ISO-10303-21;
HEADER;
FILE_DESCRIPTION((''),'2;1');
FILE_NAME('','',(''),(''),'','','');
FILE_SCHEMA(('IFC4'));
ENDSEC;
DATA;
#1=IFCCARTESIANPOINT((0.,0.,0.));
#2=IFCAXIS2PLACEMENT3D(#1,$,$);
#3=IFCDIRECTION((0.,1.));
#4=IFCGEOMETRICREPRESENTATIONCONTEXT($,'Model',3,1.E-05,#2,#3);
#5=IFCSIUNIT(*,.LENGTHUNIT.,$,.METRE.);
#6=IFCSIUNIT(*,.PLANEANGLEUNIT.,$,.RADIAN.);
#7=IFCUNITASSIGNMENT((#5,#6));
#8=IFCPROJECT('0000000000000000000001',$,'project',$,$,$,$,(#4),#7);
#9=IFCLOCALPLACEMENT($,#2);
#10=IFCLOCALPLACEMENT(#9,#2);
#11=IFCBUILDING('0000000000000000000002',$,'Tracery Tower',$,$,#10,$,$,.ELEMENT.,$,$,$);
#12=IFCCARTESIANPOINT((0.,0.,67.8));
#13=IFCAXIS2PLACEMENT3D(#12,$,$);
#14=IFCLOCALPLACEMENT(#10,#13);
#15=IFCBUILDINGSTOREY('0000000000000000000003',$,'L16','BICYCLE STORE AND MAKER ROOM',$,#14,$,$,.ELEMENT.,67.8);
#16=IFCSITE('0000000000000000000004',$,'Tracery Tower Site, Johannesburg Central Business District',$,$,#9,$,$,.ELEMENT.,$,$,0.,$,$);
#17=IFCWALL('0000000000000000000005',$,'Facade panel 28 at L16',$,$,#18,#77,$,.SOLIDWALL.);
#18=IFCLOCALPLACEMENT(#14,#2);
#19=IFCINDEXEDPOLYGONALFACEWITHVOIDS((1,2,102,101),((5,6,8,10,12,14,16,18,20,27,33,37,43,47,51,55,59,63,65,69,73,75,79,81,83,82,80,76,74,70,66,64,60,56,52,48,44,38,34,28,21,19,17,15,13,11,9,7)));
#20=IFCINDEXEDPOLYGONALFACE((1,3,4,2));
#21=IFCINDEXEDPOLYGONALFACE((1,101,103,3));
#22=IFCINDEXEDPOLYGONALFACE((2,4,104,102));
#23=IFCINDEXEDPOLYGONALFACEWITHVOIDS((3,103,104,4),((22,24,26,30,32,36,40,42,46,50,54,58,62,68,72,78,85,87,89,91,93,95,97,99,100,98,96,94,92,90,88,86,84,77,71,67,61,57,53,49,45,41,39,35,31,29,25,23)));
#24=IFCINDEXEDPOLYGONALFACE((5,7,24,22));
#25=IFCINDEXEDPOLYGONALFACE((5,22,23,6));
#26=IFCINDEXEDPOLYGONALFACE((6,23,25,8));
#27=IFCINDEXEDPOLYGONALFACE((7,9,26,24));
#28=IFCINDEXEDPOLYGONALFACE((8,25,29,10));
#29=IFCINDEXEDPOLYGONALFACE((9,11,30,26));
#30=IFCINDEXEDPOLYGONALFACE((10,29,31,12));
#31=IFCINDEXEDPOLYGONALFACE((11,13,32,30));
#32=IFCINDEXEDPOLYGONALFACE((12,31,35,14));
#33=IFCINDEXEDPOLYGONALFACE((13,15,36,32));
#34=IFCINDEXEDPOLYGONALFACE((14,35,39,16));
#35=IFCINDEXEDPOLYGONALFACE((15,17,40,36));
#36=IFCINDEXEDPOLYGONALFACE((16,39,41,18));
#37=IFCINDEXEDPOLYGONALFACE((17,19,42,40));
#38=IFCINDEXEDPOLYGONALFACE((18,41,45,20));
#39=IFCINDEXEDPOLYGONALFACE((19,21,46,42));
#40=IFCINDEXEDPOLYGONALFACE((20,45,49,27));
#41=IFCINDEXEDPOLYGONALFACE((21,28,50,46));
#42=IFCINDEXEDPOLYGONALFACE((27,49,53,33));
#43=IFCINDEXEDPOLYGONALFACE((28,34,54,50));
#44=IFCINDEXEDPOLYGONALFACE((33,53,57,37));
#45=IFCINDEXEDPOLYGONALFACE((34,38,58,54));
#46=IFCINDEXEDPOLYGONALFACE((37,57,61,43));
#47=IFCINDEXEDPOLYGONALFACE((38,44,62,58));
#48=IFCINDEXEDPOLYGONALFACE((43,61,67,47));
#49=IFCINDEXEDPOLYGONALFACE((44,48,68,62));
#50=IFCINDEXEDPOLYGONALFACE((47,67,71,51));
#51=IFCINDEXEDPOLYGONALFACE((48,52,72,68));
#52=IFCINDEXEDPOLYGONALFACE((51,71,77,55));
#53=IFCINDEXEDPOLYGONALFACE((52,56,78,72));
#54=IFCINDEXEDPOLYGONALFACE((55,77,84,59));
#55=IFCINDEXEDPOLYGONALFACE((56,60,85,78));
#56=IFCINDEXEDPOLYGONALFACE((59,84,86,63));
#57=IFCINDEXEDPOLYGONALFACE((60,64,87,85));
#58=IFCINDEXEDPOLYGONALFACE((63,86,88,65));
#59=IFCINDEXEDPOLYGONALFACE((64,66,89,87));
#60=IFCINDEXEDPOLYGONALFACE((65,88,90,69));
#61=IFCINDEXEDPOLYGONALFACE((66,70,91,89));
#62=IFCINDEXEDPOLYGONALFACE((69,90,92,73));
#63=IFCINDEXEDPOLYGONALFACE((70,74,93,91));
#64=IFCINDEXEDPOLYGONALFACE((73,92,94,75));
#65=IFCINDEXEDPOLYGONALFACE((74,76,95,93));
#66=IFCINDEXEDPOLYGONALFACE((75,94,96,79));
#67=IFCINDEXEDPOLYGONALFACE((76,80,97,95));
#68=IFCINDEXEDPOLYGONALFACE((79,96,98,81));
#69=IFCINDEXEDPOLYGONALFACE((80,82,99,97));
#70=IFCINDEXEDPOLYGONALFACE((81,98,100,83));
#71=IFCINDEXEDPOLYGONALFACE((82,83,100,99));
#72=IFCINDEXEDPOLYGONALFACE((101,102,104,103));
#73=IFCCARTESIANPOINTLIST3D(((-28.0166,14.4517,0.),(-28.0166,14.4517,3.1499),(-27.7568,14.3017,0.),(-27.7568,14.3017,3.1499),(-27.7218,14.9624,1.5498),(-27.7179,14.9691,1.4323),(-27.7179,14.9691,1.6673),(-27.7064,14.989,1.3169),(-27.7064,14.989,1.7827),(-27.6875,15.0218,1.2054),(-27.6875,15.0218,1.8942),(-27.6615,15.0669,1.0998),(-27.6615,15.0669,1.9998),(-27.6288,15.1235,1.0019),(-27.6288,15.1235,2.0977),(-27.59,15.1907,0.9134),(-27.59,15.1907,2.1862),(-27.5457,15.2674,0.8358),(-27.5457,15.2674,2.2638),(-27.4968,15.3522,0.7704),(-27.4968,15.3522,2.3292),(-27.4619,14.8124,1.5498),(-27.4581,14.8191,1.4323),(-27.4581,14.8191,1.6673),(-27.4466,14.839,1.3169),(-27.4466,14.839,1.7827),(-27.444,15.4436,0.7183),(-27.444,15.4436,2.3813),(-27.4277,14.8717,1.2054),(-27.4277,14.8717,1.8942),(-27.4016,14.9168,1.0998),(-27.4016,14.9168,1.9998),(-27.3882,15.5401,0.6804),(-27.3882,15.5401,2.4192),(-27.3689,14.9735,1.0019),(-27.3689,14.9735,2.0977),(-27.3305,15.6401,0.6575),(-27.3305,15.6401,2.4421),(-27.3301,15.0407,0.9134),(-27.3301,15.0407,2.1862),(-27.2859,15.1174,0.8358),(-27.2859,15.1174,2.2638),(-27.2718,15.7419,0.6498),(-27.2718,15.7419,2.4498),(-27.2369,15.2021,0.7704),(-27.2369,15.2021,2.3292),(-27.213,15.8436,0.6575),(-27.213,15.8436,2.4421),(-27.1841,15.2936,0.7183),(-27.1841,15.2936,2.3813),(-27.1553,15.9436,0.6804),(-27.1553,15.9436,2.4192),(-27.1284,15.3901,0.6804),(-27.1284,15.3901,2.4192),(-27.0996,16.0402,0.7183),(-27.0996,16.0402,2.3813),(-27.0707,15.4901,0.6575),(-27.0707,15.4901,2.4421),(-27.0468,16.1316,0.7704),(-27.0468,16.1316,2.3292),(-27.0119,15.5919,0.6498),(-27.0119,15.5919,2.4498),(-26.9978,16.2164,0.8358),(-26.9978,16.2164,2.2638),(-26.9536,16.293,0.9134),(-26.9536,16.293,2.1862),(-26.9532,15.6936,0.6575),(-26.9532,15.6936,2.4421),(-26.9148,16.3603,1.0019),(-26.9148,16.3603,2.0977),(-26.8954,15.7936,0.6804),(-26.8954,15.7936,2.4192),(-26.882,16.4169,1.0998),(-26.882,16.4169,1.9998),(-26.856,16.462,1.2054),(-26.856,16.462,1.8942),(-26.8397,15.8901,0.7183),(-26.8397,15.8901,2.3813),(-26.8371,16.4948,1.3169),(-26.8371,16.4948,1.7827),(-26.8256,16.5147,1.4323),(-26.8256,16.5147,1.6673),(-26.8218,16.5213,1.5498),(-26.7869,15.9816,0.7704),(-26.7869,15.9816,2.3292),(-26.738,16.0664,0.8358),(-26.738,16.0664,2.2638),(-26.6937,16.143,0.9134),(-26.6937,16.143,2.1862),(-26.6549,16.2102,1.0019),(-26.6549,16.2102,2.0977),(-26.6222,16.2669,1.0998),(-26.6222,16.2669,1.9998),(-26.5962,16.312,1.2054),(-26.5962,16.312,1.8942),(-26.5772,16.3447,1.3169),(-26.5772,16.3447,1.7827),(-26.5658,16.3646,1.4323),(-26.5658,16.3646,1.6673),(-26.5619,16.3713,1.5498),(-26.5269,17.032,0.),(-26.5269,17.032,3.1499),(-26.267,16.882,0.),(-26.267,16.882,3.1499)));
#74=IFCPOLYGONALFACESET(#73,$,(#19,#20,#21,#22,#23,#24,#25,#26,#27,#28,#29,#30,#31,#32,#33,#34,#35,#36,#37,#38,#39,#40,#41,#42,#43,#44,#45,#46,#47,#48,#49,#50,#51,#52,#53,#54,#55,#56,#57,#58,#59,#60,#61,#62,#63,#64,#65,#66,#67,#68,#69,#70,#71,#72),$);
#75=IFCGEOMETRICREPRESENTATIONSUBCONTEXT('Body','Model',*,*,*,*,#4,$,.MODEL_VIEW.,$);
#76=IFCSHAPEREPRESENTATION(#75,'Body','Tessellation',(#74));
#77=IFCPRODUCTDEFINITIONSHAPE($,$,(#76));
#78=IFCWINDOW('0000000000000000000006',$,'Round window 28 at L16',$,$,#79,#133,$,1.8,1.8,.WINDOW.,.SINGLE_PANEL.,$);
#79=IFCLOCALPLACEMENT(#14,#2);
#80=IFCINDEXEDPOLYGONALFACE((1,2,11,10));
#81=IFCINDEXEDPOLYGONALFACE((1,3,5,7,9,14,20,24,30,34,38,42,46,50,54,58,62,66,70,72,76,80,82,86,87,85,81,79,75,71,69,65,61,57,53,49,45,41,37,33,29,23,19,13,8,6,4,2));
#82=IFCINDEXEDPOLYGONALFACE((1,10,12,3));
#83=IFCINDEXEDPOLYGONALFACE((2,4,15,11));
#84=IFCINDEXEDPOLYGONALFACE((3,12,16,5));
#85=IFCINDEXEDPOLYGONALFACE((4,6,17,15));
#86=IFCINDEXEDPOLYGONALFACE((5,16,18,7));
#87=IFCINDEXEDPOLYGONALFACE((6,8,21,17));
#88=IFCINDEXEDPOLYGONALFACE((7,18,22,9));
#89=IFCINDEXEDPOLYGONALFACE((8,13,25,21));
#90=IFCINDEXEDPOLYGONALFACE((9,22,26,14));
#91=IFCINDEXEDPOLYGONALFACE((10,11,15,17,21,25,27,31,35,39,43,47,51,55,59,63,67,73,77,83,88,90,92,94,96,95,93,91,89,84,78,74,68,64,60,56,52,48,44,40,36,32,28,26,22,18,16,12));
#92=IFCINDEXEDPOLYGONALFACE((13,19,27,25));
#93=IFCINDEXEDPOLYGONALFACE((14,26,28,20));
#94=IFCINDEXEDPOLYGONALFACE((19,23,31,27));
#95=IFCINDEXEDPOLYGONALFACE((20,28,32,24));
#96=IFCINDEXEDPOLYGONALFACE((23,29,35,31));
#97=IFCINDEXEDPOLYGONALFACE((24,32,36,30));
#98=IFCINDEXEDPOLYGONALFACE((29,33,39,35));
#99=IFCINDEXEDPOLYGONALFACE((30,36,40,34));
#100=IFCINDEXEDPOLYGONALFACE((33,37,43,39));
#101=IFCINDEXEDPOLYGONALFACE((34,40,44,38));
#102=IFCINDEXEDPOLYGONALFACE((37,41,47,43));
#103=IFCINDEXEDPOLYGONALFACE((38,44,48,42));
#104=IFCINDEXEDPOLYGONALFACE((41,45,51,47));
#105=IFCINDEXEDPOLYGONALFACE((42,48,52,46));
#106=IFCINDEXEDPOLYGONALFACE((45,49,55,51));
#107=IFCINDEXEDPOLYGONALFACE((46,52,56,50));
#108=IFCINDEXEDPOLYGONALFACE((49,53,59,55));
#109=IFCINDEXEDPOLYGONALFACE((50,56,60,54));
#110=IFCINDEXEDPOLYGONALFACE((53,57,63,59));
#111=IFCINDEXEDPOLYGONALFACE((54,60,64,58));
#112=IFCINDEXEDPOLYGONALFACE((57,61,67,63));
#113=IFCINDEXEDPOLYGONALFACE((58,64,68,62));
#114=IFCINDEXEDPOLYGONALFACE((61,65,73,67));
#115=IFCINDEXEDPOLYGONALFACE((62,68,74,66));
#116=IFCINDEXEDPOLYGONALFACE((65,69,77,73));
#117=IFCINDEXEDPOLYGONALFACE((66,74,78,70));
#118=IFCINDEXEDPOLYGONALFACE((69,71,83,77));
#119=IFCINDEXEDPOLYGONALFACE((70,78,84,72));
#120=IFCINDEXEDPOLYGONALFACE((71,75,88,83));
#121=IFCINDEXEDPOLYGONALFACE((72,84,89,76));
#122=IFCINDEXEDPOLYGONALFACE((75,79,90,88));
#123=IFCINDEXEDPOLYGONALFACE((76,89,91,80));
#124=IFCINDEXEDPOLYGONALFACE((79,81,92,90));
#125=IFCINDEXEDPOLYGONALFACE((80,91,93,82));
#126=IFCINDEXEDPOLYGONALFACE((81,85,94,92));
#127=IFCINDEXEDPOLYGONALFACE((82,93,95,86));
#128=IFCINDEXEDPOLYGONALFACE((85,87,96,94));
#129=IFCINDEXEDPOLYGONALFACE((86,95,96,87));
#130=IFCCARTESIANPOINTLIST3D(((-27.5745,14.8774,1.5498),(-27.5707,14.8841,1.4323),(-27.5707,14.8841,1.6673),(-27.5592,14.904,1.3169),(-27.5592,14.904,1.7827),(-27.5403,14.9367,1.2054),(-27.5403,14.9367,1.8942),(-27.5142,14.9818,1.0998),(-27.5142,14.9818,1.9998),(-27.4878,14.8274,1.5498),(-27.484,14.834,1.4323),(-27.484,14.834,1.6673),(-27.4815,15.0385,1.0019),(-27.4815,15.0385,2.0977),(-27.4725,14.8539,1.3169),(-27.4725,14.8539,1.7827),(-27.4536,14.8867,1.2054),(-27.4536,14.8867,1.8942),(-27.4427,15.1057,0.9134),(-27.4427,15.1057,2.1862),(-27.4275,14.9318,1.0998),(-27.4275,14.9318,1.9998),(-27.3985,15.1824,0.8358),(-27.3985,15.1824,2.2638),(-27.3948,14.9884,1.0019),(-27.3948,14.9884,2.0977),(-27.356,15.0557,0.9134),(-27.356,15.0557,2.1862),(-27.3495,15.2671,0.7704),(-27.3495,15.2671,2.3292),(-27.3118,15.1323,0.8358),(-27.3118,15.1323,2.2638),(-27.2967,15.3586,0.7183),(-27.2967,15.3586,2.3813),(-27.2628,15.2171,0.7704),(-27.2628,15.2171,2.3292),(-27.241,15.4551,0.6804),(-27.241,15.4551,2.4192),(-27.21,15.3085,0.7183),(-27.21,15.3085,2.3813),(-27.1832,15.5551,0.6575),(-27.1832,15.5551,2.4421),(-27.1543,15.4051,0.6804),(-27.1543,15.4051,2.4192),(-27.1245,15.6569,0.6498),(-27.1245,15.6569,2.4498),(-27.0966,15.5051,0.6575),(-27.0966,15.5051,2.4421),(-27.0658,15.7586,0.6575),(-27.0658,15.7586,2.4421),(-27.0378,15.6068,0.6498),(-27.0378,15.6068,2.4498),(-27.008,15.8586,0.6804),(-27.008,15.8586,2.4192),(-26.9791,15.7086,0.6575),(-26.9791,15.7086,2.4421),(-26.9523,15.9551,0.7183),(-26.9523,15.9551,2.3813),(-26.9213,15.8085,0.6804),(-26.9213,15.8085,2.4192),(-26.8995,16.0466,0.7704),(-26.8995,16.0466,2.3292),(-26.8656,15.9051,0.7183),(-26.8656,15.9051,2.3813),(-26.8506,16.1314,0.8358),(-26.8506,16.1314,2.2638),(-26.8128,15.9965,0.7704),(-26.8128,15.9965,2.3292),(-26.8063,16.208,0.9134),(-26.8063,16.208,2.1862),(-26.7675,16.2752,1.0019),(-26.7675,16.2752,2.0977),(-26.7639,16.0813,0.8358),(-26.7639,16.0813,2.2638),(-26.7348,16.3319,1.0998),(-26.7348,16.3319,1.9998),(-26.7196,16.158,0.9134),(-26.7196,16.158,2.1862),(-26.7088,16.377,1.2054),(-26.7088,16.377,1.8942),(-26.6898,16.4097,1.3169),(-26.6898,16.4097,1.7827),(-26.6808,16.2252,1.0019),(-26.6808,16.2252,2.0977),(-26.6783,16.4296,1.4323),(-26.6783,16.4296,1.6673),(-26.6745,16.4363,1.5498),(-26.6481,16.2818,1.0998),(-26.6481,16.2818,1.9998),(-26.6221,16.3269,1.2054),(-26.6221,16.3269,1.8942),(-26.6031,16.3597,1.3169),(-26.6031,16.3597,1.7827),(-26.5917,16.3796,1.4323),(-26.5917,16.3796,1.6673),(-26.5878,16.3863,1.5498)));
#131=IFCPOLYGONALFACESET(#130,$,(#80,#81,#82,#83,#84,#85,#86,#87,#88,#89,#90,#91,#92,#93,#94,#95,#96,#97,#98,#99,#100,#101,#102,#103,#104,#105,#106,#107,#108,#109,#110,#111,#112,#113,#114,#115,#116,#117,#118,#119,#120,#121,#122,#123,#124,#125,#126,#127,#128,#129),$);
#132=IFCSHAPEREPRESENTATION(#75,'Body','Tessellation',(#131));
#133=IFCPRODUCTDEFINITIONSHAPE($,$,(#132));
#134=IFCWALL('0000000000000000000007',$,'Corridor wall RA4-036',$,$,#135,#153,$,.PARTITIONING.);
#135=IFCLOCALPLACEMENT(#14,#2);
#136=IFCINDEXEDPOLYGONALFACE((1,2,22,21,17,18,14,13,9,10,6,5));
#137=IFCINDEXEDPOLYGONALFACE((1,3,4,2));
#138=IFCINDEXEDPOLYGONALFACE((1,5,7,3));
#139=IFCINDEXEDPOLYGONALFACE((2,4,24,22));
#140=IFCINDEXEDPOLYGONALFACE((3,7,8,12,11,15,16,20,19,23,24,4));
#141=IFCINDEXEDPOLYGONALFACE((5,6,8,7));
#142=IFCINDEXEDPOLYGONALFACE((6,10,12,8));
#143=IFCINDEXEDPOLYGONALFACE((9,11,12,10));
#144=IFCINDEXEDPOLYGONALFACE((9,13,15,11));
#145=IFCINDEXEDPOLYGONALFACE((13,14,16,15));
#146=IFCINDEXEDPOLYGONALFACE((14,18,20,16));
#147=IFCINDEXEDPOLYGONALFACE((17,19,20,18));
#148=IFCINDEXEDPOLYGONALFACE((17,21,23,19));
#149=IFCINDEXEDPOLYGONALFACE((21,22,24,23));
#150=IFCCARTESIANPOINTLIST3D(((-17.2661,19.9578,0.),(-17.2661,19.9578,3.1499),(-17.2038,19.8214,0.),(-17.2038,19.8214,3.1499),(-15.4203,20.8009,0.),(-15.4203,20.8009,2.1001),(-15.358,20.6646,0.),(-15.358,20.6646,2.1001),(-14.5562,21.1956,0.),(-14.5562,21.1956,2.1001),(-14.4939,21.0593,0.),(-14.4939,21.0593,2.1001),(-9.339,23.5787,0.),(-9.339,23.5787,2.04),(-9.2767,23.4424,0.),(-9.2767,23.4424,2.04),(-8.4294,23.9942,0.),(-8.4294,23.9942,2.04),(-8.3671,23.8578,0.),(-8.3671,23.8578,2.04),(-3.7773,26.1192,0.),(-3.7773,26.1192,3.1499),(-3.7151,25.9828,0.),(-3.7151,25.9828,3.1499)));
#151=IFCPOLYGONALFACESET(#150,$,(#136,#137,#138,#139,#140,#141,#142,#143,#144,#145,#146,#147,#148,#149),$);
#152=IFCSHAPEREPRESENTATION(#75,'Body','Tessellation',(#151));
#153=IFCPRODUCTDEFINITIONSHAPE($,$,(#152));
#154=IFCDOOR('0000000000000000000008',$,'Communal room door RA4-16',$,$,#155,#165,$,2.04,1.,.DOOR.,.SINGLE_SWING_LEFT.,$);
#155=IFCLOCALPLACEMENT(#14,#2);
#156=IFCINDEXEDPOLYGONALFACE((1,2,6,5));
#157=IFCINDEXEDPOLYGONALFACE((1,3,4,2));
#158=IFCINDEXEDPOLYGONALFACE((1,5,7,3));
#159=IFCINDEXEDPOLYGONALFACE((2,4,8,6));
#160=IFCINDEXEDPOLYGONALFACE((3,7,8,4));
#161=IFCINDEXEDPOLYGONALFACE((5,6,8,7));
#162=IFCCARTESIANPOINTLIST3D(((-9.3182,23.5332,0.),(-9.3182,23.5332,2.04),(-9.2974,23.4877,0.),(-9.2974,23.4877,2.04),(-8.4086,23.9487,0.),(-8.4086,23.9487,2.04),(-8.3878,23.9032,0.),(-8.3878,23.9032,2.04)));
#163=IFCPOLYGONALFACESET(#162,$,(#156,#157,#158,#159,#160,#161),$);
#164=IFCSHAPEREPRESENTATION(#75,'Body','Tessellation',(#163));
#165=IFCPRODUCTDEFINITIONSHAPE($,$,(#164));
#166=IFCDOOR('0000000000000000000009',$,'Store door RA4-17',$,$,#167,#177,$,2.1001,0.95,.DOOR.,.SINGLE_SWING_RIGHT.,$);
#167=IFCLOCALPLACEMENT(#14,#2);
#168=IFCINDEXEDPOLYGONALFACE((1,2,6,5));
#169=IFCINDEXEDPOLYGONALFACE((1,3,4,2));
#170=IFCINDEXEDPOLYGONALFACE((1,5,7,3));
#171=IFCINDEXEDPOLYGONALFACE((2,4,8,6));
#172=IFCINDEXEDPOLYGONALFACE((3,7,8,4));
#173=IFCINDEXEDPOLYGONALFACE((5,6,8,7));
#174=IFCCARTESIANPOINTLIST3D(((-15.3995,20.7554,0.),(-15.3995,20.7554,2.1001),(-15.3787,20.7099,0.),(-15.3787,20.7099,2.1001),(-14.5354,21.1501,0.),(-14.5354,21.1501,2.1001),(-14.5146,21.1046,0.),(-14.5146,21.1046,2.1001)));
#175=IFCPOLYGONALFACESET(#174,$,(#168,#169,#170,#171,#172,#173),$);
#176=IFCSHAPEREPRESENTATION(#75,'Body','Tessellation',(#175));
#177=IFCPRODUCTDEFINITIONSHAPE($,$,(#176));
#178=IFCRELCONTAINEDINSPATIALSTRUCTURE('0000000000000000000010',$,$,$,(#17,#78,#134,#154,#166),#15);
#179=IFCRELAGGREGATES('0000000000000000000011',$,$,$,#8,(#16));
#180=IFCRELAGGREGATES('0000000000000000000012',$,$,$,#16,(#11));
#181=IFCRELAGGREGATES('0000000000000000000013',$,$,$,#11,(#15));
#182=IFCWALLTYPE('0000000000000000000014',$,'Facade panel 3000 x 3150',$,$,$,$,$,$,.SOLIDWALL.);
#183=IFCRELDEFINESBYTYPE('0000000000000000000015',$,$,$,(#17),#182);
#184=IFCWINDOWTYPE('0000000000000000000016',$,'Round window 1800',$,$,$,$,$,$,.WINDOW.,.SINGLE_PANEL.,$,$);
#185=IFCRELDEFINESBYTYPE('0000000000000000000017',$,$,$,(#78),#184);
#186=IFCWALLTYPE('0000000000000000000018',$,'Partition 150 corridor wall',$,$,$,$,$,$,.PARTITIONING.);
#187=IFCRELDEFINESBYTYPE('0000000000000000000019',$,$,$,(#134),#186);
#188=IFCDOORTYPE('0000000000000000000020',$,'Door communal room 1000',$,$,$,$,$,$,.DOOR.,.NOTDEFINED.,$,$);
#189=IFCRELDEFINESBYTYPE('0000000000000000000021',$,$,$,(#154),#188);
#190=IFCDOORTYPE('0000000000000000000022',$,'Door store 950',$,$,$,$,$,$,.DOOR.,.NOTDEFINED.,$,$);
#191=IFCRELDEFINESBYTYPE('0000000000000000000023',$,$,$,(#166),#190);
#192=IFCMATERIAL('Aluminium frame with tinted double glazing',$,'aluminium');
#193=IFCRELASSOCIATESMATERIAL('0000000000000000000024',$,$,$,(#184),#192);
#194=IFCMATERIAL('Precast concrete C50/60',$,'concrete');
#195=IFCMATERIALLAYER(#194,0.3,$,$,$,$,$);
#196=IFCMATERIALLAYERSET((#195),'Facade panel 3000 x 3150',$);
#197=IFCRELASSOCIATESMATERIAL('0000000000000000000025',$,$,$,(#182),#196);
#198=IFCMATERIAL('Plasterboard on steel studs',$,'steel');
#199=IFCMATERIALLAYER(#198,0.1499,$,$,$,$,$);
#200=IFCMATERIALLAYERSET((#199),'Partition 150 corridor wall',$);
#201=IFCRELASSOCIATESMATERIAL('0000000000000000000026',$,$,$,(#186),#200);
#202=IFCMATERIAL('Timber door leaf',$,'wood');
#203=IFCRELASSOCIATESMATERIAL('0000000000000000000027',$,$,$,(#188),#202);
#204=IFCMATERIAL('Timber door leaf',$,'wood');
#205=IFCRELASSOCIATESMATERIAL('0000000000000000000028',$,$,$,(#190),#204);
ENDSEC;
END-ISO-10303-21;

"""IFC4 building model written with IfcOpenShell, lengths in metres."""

from ifc_helpers import new_model, si_unit, direction, frame, frame_2d, origin, origin_2d, place, context, subcontext, project, spatial, rectangle, circle, extrude, material, layer, layer_set, type_object, element, fill, save


model = new_model("IFC4")

# Units and contexts
model_context = context("Model", 3, precision=1e-05, world=origin(), true_north=direction((0.0, 1.0)))
body_context = subcontext(model_context, "Body", "Model", "MODEL_VIEW")
ifc_project = project(units=[si_unit("LENGTHUNIT", "METRE"), si_unit("PLANEANGLEUNIT", "RADIAN")], contexts=[model_context])

# Site, building, storey
site_placement = place(None, origin())
site = spatial("IfcSite", under=ifc_project, at=site_placement, Name="Tracery Tower Site, Johannesburg Central Business District", CompositionType="ELEMENT", RefElevation=0.0)
building_placement = place(site_placement, origin())
building = spatial("IfcBuilding", under=site, at=building_placement, Name="Tracery Tower", CompositionType="ELEMENT")
storey_placement = place(building_placement, frame((0.0, 0.0, 67.8)))
storey = spatial("IfcBuildingStorey", under=building, at=storey_placement, Name="L16", Description="BICYCLE STORE AND MAKER ROOM", CompositionType="ELEMENT", Elevation=67.8)

# Wall, opening, window
ifc_material_1 = material(Name="Aluminium frame with tinted double glazing", Category="aluminium")
window_type = type_object("IfcWindowType", Name="Round window 1800", PartitioningType="SINGLE_PANEL", PredefinedType="WINDOW", material=ifc_material_1)
ifc_material_2 = material(Name="Precast concrete C50/60", Category="concrete")
ifc_layer_1 = layer(ifc_material_2, 0.3)
ifc_layer_set_1 = layer_set([ifc_layer_1], Name="Facade panel 3000 x 3150")
wall_type_1 = type_object("IfcWallType", Name="Facade panel 3000 x 3150", PredefinedType="SOLIDWALL", material=ifc_layer_set_1)
wall_1_placement = place(storey_placement, frame((-26.397, 16.957, 0.0), z_axis=(0.0, 0.0, 1.0), x_axis=(-0.499999, -0.866026, 0.0)))
wall_1 = element("IfcWall", 1, at=wall_1_placement, inside=storey, type_object=wall_type_1, Name="Facade panel 28 at L16", PredefinedType="SOLIDWALL", context=body_context, shape_type="SweptSolid", body=[
    extrude(rectangle(XDim=2.9795, YDim=0.3, at=frame_2d((1.4897, 0.0))), origin(), (0.0, 0.0, 1.0), 3.1499),
])
opening_1_placement = place(wall_1_placement, frame((1.4897, 0.0, 1.5498)))
opening_1 = element("IfcOpeningElement", 2, at=opening_1_placement, cuts=wall_1, PredefinedType="OPENING", context=body_context, shape_type="SweptSolid", body=[
    extrude(circle(Radius=0.9, at=origin_2d()), frame((0.0, 0.1599, 0.0), z_axis=(0.0, -1.0, 0.0), x_axis=(1.0, 0.0, 0.0)), (0.0, 0.0, 1.0), 0.3201),
])
window_1_placement = place(opening_1_placement, origin())
window_1 = element("IfcWindow", 3, at=window_1_placement, inside=storey, type_object=window_type, Name="Round window 28 at L16", OverallHeight=1.8, OverallWidth=1.8, PartitioningType="SINGLE_PANEL", PredefinedType="WINDOW", context=body_context, shape_type="SweptSolid", body=[
    extrude(circle(Radius=0.9, at=origin_2d()), frame((0.0, 0.1201, 0.0), z_axis=(0.0, -1.0, 0.0), x_axis=(1.0, 0.0, 0.0)), (0.0, 0.0, 1.0), 0.1001),
])
fill(opening_1, window_1)

# Wall, openings, doors
ifc_material_3 = material(Name="Plasterboard on steel studs", Category="steel")
ifc_layer_2 = layer(ifc_material_3, 0.1499)
ifc_layer_set_2 = layer_set([ifc_layer_2], Name="Partition 150 corridor wall")
wall_type_2 = type_object("IfcWallType", Name="Partition 150 corridor wall", PredefinedType="PARTITIONING", material=ifc_layer_set_2)
wall_2_placement = place(storey_placement, frame((-17.2349, 19.8896, 0.0), z_axis=(0.0, 0.0, 1.0), x_axis=(0.9096, 0.415485, 0.0)))
wall_2 = element("IfcWall", 4, at=wall_2_placement, inside=storey, type_object=wall_type_2, Name="Corridor wall RA4-036", PredefinedType="PARTITIONING", context=body_context, shape_type="SweptSolid", body=[
    extrude(rectangle(XDim=14.8293, YDim=0.1499, at=frame_2d((7.4146, 0.0))), origin(), (0.0, 0.0, 1.0), 3.1499),
])
opening_2_placement = place(wall_2_placement, frame((8.7148, 0.0, 0.0)))
opening_2 = element("IfcOpeningElement", 5, at=opening_2_placement, cuts=wall_2, PredefinedType="OPENING", context=body_context, shape_type="SweptSolid", body=[
    extrude(rectangle(XDim=1.0, YDim=2.04, at=frame_2d((0.5, 1.02))), frame((0.0, 0.075, 0.0), z_axis=(0.0, -1.0, 0.0), x_axis=(1.0, 0.0, 0.0)), (0.0, 0.0, 1.0), 0.1499),
])
opening_3_placement = place(wall_2_placement, frame((2.0291, 0.0, 0.0)))
opening_3 = element("IfcOpeningElement", 6, at=opening_3_placement, cuts=wall_2, PredefinedType="OPENING", context=body_context, shape_type="SweptSolid", body=[
    extrude(rectangle(XDim=0.95, YDim=2.1001, at=frame_2d((0.4751, 1.05))), frame((0.0, 0.075, 0.0), z_axis=(0.0, -1.0, 0.0), x_axis=(1.0, 0.0, 0.0)), (0.0, 0.0, 1.0), 0.1499),
])
ifc_material_4 = material(Name="Timber door leaf", Category="wood")
door_type_1 = type_object("IfcDoorType", Name="Door communal room 1000", OperationType="NOTDEFINED", PredefinedType="DOOR", material=ifc_material_4)
door_1_placement = place(opening_2_placement, origin())
door_1 = element("IfcDoor", 7, at=door_1_placement, inside=storey, type_object=door_type_1, Name="Communal room door RA4-16", OperationType="SINGLE_SWING_LEFT", OverallHeight=2.04, OverallWidth=1.0, PredefinedType="DOOR", context=body_context, shape_type="SweptSolid", body=[
    extrude(rectangle(XDim=1.0, YDim=2.04, at=frame_2d((0.5, 1.02))), frame((0.0, 0.0249, 0.0), z_axis=(0.0, -1.0, 0.0), x_axis=(1.0, 0.0, 0.0)), (0.0, 0.0, 1.0), 0.05),
])
fill(opening_2, door_1)
ifc_material_5 = material(Name="Timber door leaf", Category="wood")
door_type_2 = type_object("IfcDoorType", Name="Door store 950", OperationType="NOTDEFINED", PredefinedType="DOOR", material=ifc_material_5)
door_2_placement = place(opening_3_placement, origin())
door_2 = element("IfcDoor", 8, at=door_2_placement, inside=storey, type_object=door_type_2, Name="Store door RA4-17", OperationType="SINGLE_SWING_RIGHT", OverallHeight=2.1001, OverallWidth=0.95, PredefinedType="DOOR", context=body_context, shape_type="SweptSolid", body=[
    extrude(rectangle(XDim=0.95, YDim=2.1001, at=frame_2d((0.4751, 1.05))), frame((0.0, 0.0249, 0.0), z_axis=(0.0, -1.0, 0.0), x_axis=(1.0, 0.0, 0.0)), (0.0, 0.0, 1.0), 0.05),
])
fill(opening_3, door_2)

save(model, "model.ifc")
